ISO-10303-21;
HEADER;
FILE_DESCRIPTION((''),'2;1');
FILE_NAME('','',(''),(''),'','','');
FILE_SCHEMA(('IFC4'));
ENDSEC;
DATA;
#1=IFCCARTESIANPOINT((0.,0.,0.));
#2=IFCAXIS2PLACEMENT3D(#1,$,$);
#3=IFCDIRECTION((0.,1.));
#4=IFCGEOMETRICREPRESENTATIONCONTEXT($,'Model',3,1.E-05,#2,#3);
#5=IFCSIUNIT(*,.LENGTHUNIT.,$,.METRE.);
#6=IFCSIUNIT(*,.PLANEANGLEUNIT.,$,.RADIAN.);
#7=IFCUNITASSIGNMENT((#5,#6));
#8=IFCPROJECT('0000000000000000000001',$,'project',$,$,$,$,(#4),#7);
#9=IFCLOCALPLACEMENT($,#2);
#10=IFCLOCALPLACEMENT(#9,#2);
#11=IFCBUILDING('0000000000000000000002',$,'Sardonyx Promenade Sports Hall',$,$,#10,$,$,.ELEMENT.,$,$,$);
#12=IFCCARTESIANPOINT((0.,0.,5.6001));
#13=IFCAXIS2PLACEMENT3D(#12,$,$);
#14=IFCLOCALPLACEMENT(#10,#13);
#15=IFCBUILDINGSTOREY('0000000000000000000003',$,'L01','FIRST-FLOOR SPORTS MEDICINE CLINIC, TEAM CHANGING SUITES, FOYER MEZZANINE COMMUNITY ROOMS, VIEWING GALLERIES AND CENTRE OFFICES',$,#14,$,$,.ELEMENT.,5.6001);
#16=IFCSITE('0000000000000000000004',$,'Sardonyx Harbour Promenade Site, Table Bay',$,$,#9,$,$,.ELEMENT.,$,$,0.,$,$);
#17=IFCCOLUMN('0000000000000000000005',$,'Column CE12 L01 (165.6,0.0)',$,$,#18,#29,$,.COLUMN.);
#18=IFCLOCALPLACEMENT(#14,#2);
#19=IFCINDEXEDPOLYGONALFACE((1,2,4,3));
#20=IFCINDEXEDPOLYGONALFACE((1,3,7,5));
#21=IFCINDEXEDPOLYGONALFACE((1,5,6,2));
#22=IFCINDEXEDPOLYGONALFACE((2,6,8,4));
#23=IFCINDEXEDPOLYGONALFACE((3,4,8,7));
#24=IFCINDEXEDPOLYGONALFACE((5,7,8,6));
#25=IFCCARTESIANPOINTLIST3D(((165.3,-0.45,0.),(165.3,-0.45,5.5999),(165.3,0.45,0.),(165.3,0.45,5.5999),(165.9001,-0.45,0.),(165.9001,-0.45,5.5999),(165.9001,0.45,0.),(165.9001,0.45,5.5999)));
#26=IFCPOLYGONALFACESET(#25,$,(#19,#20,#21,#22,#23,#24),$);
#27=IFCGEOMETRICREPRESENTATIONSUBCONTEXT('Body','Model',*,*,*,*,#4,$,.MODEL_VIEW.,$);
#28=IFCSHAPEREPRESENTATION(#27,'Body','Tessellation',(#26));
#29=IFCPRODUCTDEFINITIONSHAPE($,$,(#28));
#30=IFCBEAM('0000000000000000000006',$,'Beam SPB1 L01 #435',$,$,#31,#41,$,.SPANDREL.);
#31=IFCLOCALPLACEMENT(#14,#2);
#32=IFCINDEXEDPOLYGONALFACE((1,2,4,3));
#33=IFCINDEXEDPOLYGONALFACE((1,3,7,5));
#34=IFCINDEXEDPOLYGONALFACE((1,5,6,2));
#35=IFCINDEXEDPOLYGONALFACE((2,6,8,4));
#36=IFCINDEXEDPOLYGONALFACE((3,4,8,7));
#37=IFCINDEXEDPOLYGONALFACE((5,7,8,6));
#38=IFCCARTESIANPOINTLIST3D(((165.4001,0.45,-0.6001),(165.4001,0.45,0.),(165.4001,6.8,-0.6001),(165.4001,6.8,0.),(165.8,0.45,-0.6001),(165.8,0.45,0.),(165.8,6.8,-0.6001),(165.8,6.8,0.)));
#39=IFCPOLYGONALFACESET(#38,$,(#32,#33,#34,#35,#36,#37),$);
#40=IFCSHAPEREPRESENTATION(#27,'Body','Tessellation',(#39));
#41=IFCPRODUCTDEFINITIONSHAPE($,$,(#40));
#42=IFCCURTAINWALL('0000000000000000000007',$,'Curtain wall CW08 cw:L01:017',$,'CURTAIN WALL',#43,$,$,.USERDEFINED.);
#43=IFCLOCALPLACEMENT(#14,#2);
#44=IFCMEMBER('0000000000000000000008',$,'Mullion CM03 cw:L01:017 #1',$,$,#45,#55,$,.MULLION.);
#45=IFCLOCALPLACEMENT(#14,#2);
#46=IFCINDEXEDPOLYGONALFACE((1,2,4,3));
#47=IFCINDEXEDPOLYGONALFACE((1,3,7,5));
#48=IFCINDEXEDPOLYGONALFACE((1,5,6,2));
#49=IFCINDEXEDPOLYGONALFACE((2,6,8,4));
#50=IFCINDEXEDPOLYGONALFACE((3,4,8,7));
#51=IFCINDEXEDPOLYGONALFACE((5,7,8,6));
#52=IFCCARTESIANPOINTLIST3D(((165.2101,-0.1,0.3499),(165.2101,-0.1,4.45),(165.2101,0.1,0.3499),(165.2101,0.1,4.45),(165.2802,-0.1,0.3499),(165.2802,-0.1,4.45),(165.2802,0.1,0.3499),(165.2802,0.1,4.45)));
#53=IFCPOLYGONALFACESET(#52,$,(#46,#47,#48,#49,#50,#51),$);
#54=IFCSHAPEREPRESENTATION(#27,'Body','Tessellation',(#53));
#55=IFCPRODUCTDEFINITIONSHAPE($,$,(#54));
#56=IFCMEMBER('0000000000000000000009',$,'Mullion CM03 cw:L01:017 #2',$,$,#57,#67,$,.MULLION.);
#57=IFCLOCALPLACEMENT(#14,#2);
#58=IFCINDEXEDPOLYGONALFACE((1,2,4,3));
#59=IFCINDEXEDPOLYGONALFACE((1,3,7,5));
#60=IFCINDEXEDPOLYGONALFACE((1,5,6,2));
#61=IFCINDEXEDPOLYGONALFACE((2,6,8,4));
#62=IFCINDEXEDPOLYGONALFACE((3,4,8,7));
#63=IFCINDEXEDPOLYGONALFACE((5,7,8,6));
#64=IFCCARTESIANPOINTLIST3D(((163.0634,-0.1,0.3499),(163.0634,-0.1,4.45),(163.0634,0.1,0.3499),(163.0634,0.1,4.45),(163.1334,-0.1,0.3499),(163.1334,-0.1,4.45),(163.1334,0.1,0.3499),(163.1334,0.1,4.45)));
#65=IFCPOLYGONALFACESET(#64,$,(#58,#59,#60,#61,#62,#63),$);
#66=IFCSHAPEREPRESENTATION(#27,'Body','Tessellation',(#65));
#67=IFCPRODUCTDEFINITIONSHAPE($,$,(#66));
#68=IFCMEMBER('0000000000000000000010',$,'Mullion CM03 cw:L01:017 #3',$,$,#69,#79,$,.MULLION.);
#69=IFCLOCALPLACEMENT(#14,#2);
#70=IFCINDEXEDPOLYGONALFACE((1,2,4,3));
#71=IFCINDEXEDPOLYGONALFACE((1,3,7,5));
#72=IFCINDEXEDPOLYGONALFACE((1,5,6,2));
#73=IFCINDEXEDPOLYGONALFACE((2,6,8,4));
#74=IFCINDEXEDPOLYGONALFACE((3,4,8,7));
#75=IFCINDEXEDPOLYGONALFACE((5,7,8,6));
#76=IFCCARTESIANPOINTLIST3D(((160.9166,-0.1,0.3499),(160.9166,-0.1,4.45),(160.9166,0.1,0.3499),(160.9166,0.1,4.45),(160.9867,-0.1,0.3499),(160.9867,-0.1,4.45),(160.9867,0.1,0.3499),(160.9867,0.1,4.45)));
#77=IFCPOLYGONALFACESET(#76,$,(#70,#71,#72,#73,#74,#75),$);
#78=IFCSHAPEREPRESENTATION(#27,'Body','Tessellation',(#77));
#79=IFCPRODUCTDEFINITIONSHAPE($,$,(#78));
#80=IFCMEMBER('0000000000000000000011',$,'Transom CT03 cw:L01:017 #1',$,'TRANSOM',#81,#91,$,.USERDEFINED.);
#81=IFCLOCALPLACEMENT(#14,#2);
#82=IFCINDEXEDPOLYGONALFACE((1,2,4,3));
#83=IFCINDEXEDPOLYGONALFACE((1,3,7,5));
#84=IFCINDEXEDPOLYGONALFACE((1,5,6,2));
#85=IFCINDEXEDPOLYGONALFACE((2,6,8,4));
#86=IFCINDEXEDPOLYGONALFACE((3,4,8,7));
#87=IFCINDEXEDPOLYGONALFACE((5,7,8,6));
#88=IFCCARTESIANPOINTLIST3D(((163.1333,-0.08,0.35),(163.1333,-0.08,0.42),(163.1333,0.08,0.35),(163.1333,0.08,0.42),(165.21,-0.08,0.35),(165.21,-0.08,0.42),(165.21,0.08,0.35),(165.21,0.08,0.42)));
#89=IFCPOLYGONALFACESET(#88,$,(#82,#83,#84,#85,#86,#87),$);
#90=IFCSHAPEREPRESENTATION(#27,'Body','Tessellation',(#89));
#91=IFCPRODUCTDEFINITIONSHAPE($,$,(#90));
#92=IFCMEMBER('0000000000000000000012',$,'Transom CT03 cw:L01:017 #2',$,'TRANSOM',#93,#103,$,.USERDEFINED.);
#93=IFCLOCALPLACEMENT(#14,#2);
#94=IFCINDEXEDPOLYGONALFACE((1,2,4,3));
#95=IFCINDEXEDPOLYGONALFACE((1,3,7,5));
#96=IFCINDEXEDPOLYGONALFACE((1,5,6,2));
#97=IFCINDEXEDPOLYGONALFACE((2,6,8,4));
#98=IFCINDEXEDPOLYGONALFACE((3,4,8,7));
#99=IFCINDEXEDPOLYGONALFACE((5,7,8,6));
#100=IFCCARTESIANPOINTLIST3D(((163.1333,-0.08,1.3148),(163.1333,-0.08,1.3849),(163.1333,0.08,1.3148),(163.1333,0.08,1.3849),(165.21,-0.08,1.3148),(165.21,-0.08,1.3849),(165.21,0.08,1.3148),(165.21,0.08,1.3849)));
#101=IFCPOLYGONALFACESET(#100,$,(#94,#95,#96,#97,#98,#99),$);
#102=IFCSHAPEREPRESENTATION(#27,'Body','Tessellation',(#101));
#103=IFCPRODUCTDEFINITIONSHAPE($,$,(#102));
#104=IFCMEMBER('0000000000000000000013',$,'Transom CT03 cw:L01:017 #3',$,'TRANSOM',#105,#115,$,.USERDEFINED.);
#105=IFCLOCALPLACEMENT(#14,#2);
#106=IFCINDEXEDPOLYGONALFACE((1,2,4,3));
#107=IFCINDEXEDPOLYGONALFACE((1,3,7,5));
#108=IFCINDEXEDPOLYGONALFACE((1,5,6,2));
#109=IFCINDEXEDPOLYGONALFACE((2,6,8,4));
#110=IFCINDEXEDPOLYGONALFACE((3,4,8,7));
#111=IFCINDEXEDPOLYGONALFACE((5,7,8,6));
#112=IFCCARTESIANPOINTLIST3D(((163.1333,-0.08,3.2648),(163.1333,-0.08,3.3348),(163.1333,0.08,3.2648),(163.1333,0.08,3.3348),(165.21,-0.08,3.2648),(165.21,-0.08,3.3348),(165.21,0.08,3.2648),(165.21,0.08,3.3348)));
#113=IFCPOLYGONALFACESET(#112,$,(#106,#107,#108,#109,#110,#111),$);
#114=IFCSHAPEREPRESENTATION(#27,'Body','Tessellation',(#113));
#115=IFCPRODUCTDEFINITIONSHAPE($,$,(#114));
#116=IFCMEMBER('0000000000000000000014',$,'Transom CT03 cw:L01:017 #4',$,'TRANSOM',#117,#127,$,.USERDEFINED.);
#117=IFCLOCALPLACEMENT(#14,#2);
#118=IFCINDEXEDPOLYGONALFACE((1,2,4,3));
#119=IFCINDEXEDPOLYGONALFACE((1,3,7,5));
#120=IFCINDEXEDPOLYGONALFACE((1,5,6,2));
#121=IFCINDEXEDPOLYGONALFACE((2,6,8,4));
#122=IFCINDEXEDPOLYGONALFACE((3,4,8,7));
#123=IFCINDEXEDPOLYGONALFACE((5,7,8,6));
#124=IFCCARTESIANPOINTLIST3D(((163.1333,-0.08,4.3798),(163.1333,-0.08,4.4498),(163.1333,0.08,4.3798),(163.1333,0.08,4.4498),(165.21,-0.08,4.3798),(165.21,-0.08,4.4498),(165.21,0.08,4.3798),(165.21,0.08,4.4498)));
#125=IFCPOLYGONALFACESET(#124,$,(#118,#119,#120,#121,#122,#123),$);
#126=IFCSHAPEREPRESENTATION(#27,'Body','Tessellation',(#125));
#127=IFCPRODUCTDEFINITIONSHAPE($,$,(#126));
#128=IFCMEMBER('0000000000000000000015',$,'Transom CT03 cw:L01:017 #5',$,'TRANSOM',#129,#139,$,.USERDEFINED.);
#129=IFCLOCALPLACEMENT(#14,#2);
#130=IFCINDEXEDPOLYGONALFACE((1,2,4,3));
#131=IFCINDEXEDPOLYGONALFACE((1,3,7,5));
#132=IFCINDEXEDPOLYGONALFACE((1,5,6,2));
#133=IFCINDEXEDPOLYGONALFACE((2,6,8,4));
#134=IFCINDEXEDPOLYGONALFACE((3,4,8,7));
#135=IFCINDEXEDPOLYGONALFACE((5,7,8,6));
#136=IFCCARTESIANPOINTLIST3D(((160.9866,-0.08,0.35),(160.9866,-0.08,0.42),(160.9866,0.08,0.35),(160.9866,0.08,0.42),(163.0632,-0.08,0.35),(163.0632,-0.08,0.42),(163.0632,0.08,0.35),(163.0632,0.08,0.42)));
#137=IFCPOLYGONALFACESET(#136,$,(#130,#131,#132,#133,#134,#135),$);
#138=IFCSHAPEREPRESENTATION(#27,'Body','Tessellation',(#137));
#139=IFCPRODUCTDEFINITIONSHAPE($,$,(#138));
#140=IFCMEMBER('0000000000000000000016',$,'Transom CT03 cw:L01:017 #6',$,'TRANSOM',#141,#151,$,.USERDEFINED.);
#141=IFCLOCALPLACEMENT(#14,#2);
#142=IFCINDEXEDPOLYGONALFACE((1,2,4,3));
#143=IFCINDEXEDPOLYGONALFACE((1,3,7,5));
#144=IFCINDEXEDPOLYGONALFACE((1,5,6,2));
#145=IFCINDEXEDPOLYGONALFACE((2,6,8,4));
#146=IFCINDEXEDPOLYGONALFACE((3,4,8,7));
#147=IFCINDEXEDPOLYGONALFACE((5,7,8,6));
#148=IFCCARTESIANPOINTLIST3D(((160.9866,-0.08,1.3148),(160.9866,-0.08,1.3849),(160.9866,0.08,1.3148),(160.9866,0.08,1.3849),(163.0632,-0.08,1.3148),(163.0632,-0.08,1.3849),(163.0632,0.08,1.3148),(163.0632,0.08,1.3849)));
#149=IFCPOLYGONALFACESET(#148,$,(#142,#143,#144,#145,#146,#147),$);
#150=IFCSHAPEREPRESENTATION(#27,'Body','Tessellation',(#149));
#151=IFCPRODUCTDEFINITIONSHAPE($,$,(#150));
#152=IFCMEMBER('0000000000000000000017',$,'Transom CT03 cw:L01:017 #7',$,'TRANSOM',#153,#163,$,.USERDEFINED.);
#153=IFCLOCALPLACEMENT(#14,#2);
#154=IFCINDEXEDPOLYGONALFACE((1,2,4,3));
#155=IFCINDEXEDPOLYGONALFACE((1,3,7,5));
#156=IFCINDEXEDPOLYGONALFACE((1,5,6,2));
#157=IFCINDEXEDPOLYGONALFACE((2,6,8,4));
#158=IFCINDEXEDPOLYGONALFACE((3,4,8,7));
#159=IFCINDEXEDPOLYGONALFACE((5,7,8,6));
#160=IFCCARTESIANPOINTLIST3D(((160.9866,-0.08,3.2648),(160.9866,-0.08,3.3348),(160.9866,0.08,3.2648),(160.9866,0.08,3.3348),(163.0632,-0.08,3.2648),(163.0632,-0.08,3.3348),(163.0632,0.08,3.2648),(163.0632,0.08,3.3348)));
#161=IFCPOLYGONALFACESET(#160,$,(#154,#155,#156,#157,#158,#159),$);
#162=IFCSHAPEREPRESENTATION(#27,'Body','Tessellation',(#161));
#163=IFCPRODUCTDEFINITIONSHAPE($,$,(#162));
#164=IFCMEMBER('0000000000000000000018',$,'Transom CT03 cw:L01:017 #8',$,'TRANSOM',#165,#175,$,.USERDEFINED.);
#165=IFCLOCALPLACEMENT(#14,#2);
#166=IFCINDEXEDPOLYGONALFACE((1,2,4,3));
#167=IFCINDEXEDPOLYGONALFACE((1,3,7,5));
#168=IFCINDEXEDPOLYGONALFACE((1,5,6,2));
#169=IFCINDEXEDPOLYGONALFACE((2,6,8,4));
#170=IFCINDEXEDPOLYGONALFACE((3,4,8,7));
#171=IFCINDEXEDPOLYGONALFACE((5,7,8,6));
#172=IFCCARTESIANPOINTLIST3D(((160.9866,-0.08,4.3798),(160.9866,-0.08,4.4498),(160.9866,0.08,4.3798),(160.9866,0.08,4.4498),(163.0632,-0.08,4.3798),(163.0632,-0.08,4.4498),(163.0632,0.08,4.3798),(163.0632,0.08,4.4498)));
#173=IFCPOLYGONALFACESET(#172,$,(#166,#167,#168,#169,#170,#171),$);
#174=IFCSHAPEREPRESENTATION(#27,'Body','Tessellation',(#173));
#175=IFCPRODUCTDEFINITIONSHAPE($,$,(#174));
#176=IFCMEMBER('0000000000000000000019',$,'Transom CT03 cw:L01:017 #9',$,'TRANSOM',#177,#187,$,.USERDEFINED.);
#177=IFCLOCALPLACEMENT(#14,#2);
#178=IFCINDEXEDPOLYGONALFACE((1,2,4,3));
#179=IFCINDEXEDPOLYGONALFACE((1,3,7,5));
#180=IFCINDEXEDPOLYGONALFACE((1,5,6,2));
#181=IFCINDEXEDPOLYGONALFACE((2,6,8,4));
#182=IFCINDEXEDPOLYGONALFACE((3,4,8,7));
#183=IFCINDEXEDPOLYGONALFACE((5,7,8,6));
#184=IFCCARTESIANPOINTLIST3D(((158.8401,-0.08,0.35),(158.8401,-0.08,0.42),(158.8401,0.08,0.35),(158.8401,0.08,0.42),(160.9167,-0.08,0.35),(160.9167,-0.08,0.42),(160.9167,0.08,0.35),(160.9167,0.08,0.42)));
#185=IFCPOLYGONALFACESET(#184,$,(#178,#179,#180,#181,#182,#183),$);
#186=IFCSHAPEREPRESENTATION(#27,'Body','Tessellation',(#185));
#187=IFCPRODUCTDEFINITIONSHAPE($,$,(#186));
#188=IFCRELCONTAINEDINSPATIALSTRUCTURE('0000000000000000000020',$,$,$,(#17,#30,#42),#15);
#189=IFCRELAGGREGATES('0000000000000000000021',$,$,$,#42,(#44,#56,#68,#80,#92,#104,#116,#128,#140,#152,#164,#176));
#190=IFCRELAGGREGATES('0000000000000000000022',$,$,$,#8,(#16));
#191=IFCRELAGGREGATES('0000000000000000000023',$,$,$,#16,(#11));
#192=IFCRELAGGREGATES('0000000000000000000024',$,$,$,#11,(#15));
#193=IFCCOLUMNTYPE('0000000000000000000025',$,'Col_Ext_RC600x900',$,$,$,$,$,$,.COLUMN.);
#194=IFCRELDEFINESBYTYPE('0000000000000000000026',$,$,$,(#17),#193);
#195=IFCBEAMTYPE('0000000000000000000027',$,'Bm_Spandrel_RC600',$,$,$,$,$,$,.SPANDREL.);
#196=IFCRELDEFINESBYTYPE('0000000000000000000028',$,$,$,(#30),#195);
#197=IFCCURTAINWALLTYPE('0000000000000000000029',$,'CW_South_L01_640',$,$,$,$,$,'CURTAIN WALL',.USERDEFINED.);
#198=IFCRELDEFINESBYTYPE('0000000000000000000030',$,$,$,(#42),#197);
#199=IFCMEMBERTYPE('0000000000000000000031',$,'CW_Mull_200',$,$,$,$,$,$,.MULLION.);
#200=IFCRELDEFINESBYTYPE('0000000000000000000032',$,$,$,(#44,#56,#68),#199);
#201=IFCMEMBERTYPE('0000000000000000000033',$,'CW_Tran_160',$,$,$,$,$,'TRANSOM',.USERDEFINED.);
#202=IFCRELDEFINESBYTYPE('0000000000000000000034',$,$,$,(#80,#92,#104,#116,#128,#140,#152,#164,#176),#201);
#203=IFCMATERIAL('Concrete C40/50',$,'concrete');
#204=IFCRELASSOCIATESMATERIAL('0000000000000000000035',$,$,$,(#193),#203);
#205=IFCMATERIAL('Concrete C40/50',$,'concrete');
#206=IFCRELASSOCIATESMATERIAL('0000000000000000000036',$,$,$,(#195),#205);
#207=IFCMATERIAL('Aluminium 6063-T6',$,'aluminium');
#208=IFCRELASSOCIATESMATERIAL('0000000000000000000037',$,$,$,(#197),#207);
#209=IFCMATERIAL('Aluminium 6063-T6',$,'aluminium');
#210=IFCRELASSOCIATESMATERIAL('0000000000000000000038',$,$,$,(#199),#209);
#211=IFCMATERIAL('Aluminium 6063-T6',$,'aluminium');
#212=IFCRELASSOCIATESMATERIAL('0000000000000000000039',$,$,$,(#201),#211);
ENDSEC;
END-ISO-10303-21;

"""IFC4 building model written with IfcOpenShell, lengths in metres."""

from ifc_helpers import new_model, si_unit, direction, frame, origin, origin_2d, place, context, subcontext, project, spatial, rectangle, extrude, material, material_profile, profile_set, type_object, element, aggregate, save


model = new_model("IFC4")

# Units and contexts
model_context = context("Model", 3, precision=1e-05, world=origin(), true_north=direction((0.0, 1.0)))
body_context = subcontext(model_context, "Body", "Model", "MODEL_VIEW")
ifc_project = project(units=[si_unit("LENGTHUNIT", "METRE"), si_unit("PLANEANGLEUNIT", "RADIAN")], contexts=[model_context])

# Site, building, storey
site_placement = place(None, origin())
site = spatial("IfcSite", under=ifc_project, at=site_placement, Name="Sardonyx Harbour Promenade Site, Table Bay", CompositionType="ELEMENT", RefElevation=0.0)
building_placement = place(site_placement, origin())
building = spatial("IfcBuilding", under=site, at=building_placement, Name="Sardonyx Promenade Sports Hall", CompositionType="ELEMENT")
storey_placement = place(building_placement, frame((0.0, 0.0, 5.6001)))
storey = spatial("IfcBuildingStorey", under=building, at=storey_placement, Name="L01", Description="FIRST-FLOOR SPORTS MEDICINE CLINIC, TEAM CHANGING SUITES, FOYER MEZZANINE COMMUNITY ROOMS, VIEWING GALLERIES AND CENTRE OFFICES", CompositionType="ELEMENT", Elevation=5.6001)

# Column
ifc_material_1 = material(Name="Concrete C40/50", Category="concrete")
ifc_material_profile_1 = material_profile(ifc_material_1, rectangle(XDim=0.6001, YDim=0.8999, at=origin_2d()))
ifc_profile_set_1 = profile_set([ifc_material_profile_1], Name="Concrete C40/50")
column_type = type_object("IfcColumnType", Name="Col_Ext_RC600x900", PredefinedType="COLUMN", material=ifc_profile_set_1)
column_placement = place(storey_placement, frame((165.6001, 0.0, 0.0), z_axis=(0.0, 0.0, 1.0), x_axis=(1.0, 0.0, 0.0)))
element("IfcColumn", 1, at=column_placement, inside=storey, type_object=column_type, Name="Column CE12 L01 (165.6,0.0)", PredefinedType="COLUMN", context=body_context, shape_type="SweptSolid", body=[
    extrude(rectangle(XDim=0.6001, YDim=0.8999, at=origin_2d()), origin(), (0.0, 0.0, 1.0), 5.5999),
])

# Beam
ifc_material_2 = material(Name="Concrete C40/50", Category="concrete")
ifc_material_profile_2 = material_profile(ifc_material_2, rectangle(XDim=0.3999, YDim=0.6001, at=origin_2d()))
ifc_profile_set_2 = profile_set([ifc_material_profile_2], Name="Concrete C40/50")
beam_type = type_object("IfcBeamType", Name="Bm_Spandrel_RC600", PredefinedType="SPANDREL", material=ifc_profile_set_2)
beam_placement = place(storey_placement, frame((165.6001, 0.45, -0.3), z_axis=(0.0, 1.0, 0.0), x_axis=(-1.0, 0.0, 0.0)))
element("IfcBeam", 2, at=beam_placement, inside=storey, type_object=beam_type, Name="Beam SPB1 L01 #435", PredefinedType="SPANDREL", context=body_context, shape_type="SweptSolid", body=[
    extrude(rectangle(XDim=0.3999, YDim=0.6001, at=origin_2d()), origin(), (0.0, 0.0, 1.0), 6.3501),
])

# Curtain wall, members
ifc_material_3 = material(Name="Aluminium 6063-T6", Category="aluminium")
curtain_wall_type = type_object("IfcCurtainWallType", Name="CW_South_L01_640", ElementType="CURTAIN WALL", PredefinedType="USERDEFINED", material=ifc_material_3)
curtain_wall_placement = place(storey_placement, origin())
curtain_wall = element("IfcCurtainWall", 3, at=curtain_wall_placement, inside=storey, type_object=curtain_wall_type, Name="Curtain wall CW08 cw:L01:017", ObjectType="CURTAIN WALL", PredefinedType="USERDEFINED")
ifc_material_4 = material(Name="Aluminium 6063-T6", Category="aluminium")
ifc_material_profile_3 = material_profile(ifc_material_4, rectangle(XDim=0.0701, YDim=0.2, at=origin_2d()))
ifc_profile_set_3 = profile_set([ifc_material_profile_3], Name="Aluminium 6063-T6")
member_type_1 = type_object("IfcMemberType", Name="CW_Mull_200", PredefinedType="MULLION", material=ifc_profile_set_3)
member_1_placement = place(storey_placement, frame((165.2451, 0.0, 0.3499), z_axis=(0.0, 0.0, 1.0), x_axis=(-1.0, 0.0, 0.0)))
member_1 = element("IfcMember", 4, at=member_1_placement, type_object=member_type_1, Name="Mullion CM03 cw:L01:017 #1", PredefinedType="MULLION", context=body_context, shape_type="SweptSolid", body=[
    extrude(rectangle(XDim=0.0701, YDim=0.2, at=origin_2d()), origin(), (0.0, 0.0, 1.0), 4.1001),
])
member_2_placement = place(storey_placement, frame((163.0984, 0.0, 0.3499), z_axis=(0.0, 0.0, 1.0), x_axis=(-1.0, 0.0, 0.0)))
member_2 = element("IfcMember", 5, at=member_2_placement, type_object=member_type_1, Name="Mullion CM03 cw:L01:017 #2", PredefinedType="MULLION", context=body_context, shape_type="SweptSolid", body=[
    extrude(rectangle(XDim=0.0701, YDim=0.2, at=origin_2d()), origin(), (0.0, 0.0, 1.0), 4.1001),
])
member_3_placement = place(storey_placement, frame((160.9517, 0.0, 0.3499), z_axis=(0.0, 0.0, 1.0), x_axis=(-1.0, 0.0, 0.0)))
member_3 = element("IfcMember", 6, at=member_3_placement, type_object=member_type_1, Name="Mullion CM03 cw:L01:017 #3", PredefinedType="MULLION", context=body_context, shape_type="SweptSolid", body=[
    extrude(rectangle(XDim=0.0701, YDim=0.2, at=origin_2d()), origin(), (0.0, 0.0, 1.0), 4.1001),
])
ifc_material_5 = material(Name="Aluminium 6063-T6", Category="aluminium")
ifc_material_profile_4 = material_profile(ifc_material_5, rectangle(XDim=0.0701, YDim=0.1599, at=origin_2d()))
ifc_profile_set_4 = profile_set([ifc_material_profile_4], Name="Aluminium 6063-T6")
member_type_2 = type_object("IfcMemberType", Name="CW_Tran_160", ElementType="TRANSOM", PredefinedType="USERDEFINED", material=ifc_profile_set_4)
member_4_placement = place(storey_placement, frame((165.21, 0.0, 0.385), z_axis=(-1.0, 0.0, 0.0), x_axis=(0.0, 0.0, 1.0)))
member_4 = element("IfcMember", 7, at=member_4_placement, type_object=member_type_2, Name="Transom CT03 cw:L01:017 #1", ObjectType="TRANSOM", PredefinedType="USERDEFINED", context=body_context, shape_type="SweptSolid", body=[
    extrude(rectangle(XDim=0.0701, YDim=0.1599, at=origin_2d()), origin(), (0.0, 0.0, 1.0), 2.0767),
])
member_5_placement = place(storey_placement, frame((165.21, 0.0, 1.3499), z_axis=(-1.0, 0.0, 0.0), x_axis=(0.0, 0.0, 1.0)))
member_5 = element("IfcMember", 8, at=member_5_placement, type_object=member_type_2, Name="Transom CT03 cw:L01:017 #2", ObjectType="TRANSOM", PredefinedType="USERDEFINED", context=body_context, shape_type="SweptSolid", body=[
    extrude(rectangle(XDim=0.0701, YDim=0.1599, at=origin_2d()), origin(), (0.0, 0.0, 1.0), 2.0767),
])
member_6_placement = place(storey_placement, frame((165.21, 0.0, 3.2998), z_axis=(-1.0, 0.0, 0.0), x_axis=(0.0, 0.0, 1.0)))
member_6 = element("IfcMember", 9, at=member_6_placement, type_object=member_type_2, Name="Transom CT03 cw:L01:017 #3", ObjectType="TRANSOM", PredefinedType="USERDEFINED", context=body_context, shape_type="SweptSolid", body=[
    extrude(rectangle(XDim=0.0701, YDim=0.1599, at=origin_2d()), origin(), (0.0, 0.0, 1.0), 2.0767),
])
member_7_placement = place(storey_placement, frame((165.21, 0.0, 4.4148), z_axis=(-1.0, 0.0, 0.0), x_axis=(0.0, 0.0, 1.0)))
member_7 = element("IfcMember", 10, at=member_7_placement, type_object=member_type_2, Name="Transom CT03 cw:L01:017 #4", ObjectType="TRANSOM", PredefinedType="USERDEFINED", context=body_context, shape_type="SweptSolid", body=[
    extrude(rectangle(XDim=0.0701, YDim=0.1599, at=origin_2d()), origin(), (0.0, 0.0, 1.0), 2.0767),
])
member_8_placement = place(storey_placement, frame((163.0632, 0.0, 0.385), z_axis=(-1.0, 0.0, 0.0), x_axis=(0.0, 0.0, 1.0)))
member_8 = element("IfcMember", 11, at=member_8_placement, type_object=member_type_2, Name="Transom CT03 cw:L01:017 #5", ObjectType="TRANSOM", PredefinedType="USERDEFINED", context=body_context, shape_type="SweptSolid", body=[
    extrude(rectangle(XDim=0.0701, YDim=0.1599, at=origin_2d()), origin(), (0.0, 0.0, 1.0), 2.0767),
])
member_9_placement = place(storey_placement, frame((163.0632, 0.0, 1.3499), z_axis=(-1.0, 0.0, 0.0), x_axis=(0.0, 0.0, 1.0)))
member_9 = element("IfcMember", 12, at=member_9_placement, type_object=member_type_2, Name="Transom CT03 cw:L01:017 #6", ObjectType="TRANSOM", PredefinedType="USERDEFINED", context=body_context, shape_type="SweptSolid", body=[
    extrude(rectangle(XDim=0.0701, YDim=0.1599, at=origin_2d()), origin(), (0.0, 0.0, 1.0), 2.0767),
])
member_10_placement = place(storey_placement, frame((163.0632, 0.0, 3.2998), z_axis=(-1.0, 0.0, 0.0), x_axis=(0.0, 0.0, 1.0)))
member_10 = element("IfcMember", 13, at=member_10_placement, type_object=member_type_2, Name="Transom CT03 cw:L01:017 #7", ObjectType="TRANSOM", PredefinedType="USERDEFINED", context=body_context, shape_type="SweptSolid", body=[
    extrude(rectangle(XDim=0.0701, YDim=0.1599, at=origin_2d()), origin(), (0.0, 0.0, 1.0), 2.0767),
])
member_11_placement = place(storey_placement, frame((163.0632, 0.0, 4.4148), z_axis=(-1.0, 0.0, 0.0), x_axis=(0.0, 0.0, 1.0)))
member_11 = element("IfcMember", 14, at=member_11_placement, type_object=member_type_2, Name="Transom CT03 cw:L01:017 #8", ObjectType="TRANSOM", PredefinedType="USERDEFINED", context=body_context, shape_type="SweptSolid", body=[
    extrude(rectangle(XDim=0.0701, YDim=0.1599, at=origin_2d()), origin(), (0.0, 0.0, 1.0), 2.0767),
])
member_12_placement = place(storey_placement, frame((160.9167, 0.0, 0.385), z_axis=(-1.0, 0.0, 0.0), x_axis=(0.0, 0.0, 1.0)))
member_12 = element("IfcMember", 15, at=member_12_placement, type_object=member_type_2, Name="Transom CT03 cw:L01:017 #9", ObjectType="TRANSOM", PredefinedType="USERDEFINED", context=body_context, shape_type="SweptSolid", body=[
    extrude(rectangle(XDim=0.0701, YDim=0.1599, at=origin_2d()), origin(), (0.0, 0.0, 1.0), 2.0767),
])
aggregate(curtain_wall, [member_1, member_2, member_3, member_4, member_5, member_6, member_7, member_8, member_9, member_10, member_11, member_12])

save(model, "model.ifc")
